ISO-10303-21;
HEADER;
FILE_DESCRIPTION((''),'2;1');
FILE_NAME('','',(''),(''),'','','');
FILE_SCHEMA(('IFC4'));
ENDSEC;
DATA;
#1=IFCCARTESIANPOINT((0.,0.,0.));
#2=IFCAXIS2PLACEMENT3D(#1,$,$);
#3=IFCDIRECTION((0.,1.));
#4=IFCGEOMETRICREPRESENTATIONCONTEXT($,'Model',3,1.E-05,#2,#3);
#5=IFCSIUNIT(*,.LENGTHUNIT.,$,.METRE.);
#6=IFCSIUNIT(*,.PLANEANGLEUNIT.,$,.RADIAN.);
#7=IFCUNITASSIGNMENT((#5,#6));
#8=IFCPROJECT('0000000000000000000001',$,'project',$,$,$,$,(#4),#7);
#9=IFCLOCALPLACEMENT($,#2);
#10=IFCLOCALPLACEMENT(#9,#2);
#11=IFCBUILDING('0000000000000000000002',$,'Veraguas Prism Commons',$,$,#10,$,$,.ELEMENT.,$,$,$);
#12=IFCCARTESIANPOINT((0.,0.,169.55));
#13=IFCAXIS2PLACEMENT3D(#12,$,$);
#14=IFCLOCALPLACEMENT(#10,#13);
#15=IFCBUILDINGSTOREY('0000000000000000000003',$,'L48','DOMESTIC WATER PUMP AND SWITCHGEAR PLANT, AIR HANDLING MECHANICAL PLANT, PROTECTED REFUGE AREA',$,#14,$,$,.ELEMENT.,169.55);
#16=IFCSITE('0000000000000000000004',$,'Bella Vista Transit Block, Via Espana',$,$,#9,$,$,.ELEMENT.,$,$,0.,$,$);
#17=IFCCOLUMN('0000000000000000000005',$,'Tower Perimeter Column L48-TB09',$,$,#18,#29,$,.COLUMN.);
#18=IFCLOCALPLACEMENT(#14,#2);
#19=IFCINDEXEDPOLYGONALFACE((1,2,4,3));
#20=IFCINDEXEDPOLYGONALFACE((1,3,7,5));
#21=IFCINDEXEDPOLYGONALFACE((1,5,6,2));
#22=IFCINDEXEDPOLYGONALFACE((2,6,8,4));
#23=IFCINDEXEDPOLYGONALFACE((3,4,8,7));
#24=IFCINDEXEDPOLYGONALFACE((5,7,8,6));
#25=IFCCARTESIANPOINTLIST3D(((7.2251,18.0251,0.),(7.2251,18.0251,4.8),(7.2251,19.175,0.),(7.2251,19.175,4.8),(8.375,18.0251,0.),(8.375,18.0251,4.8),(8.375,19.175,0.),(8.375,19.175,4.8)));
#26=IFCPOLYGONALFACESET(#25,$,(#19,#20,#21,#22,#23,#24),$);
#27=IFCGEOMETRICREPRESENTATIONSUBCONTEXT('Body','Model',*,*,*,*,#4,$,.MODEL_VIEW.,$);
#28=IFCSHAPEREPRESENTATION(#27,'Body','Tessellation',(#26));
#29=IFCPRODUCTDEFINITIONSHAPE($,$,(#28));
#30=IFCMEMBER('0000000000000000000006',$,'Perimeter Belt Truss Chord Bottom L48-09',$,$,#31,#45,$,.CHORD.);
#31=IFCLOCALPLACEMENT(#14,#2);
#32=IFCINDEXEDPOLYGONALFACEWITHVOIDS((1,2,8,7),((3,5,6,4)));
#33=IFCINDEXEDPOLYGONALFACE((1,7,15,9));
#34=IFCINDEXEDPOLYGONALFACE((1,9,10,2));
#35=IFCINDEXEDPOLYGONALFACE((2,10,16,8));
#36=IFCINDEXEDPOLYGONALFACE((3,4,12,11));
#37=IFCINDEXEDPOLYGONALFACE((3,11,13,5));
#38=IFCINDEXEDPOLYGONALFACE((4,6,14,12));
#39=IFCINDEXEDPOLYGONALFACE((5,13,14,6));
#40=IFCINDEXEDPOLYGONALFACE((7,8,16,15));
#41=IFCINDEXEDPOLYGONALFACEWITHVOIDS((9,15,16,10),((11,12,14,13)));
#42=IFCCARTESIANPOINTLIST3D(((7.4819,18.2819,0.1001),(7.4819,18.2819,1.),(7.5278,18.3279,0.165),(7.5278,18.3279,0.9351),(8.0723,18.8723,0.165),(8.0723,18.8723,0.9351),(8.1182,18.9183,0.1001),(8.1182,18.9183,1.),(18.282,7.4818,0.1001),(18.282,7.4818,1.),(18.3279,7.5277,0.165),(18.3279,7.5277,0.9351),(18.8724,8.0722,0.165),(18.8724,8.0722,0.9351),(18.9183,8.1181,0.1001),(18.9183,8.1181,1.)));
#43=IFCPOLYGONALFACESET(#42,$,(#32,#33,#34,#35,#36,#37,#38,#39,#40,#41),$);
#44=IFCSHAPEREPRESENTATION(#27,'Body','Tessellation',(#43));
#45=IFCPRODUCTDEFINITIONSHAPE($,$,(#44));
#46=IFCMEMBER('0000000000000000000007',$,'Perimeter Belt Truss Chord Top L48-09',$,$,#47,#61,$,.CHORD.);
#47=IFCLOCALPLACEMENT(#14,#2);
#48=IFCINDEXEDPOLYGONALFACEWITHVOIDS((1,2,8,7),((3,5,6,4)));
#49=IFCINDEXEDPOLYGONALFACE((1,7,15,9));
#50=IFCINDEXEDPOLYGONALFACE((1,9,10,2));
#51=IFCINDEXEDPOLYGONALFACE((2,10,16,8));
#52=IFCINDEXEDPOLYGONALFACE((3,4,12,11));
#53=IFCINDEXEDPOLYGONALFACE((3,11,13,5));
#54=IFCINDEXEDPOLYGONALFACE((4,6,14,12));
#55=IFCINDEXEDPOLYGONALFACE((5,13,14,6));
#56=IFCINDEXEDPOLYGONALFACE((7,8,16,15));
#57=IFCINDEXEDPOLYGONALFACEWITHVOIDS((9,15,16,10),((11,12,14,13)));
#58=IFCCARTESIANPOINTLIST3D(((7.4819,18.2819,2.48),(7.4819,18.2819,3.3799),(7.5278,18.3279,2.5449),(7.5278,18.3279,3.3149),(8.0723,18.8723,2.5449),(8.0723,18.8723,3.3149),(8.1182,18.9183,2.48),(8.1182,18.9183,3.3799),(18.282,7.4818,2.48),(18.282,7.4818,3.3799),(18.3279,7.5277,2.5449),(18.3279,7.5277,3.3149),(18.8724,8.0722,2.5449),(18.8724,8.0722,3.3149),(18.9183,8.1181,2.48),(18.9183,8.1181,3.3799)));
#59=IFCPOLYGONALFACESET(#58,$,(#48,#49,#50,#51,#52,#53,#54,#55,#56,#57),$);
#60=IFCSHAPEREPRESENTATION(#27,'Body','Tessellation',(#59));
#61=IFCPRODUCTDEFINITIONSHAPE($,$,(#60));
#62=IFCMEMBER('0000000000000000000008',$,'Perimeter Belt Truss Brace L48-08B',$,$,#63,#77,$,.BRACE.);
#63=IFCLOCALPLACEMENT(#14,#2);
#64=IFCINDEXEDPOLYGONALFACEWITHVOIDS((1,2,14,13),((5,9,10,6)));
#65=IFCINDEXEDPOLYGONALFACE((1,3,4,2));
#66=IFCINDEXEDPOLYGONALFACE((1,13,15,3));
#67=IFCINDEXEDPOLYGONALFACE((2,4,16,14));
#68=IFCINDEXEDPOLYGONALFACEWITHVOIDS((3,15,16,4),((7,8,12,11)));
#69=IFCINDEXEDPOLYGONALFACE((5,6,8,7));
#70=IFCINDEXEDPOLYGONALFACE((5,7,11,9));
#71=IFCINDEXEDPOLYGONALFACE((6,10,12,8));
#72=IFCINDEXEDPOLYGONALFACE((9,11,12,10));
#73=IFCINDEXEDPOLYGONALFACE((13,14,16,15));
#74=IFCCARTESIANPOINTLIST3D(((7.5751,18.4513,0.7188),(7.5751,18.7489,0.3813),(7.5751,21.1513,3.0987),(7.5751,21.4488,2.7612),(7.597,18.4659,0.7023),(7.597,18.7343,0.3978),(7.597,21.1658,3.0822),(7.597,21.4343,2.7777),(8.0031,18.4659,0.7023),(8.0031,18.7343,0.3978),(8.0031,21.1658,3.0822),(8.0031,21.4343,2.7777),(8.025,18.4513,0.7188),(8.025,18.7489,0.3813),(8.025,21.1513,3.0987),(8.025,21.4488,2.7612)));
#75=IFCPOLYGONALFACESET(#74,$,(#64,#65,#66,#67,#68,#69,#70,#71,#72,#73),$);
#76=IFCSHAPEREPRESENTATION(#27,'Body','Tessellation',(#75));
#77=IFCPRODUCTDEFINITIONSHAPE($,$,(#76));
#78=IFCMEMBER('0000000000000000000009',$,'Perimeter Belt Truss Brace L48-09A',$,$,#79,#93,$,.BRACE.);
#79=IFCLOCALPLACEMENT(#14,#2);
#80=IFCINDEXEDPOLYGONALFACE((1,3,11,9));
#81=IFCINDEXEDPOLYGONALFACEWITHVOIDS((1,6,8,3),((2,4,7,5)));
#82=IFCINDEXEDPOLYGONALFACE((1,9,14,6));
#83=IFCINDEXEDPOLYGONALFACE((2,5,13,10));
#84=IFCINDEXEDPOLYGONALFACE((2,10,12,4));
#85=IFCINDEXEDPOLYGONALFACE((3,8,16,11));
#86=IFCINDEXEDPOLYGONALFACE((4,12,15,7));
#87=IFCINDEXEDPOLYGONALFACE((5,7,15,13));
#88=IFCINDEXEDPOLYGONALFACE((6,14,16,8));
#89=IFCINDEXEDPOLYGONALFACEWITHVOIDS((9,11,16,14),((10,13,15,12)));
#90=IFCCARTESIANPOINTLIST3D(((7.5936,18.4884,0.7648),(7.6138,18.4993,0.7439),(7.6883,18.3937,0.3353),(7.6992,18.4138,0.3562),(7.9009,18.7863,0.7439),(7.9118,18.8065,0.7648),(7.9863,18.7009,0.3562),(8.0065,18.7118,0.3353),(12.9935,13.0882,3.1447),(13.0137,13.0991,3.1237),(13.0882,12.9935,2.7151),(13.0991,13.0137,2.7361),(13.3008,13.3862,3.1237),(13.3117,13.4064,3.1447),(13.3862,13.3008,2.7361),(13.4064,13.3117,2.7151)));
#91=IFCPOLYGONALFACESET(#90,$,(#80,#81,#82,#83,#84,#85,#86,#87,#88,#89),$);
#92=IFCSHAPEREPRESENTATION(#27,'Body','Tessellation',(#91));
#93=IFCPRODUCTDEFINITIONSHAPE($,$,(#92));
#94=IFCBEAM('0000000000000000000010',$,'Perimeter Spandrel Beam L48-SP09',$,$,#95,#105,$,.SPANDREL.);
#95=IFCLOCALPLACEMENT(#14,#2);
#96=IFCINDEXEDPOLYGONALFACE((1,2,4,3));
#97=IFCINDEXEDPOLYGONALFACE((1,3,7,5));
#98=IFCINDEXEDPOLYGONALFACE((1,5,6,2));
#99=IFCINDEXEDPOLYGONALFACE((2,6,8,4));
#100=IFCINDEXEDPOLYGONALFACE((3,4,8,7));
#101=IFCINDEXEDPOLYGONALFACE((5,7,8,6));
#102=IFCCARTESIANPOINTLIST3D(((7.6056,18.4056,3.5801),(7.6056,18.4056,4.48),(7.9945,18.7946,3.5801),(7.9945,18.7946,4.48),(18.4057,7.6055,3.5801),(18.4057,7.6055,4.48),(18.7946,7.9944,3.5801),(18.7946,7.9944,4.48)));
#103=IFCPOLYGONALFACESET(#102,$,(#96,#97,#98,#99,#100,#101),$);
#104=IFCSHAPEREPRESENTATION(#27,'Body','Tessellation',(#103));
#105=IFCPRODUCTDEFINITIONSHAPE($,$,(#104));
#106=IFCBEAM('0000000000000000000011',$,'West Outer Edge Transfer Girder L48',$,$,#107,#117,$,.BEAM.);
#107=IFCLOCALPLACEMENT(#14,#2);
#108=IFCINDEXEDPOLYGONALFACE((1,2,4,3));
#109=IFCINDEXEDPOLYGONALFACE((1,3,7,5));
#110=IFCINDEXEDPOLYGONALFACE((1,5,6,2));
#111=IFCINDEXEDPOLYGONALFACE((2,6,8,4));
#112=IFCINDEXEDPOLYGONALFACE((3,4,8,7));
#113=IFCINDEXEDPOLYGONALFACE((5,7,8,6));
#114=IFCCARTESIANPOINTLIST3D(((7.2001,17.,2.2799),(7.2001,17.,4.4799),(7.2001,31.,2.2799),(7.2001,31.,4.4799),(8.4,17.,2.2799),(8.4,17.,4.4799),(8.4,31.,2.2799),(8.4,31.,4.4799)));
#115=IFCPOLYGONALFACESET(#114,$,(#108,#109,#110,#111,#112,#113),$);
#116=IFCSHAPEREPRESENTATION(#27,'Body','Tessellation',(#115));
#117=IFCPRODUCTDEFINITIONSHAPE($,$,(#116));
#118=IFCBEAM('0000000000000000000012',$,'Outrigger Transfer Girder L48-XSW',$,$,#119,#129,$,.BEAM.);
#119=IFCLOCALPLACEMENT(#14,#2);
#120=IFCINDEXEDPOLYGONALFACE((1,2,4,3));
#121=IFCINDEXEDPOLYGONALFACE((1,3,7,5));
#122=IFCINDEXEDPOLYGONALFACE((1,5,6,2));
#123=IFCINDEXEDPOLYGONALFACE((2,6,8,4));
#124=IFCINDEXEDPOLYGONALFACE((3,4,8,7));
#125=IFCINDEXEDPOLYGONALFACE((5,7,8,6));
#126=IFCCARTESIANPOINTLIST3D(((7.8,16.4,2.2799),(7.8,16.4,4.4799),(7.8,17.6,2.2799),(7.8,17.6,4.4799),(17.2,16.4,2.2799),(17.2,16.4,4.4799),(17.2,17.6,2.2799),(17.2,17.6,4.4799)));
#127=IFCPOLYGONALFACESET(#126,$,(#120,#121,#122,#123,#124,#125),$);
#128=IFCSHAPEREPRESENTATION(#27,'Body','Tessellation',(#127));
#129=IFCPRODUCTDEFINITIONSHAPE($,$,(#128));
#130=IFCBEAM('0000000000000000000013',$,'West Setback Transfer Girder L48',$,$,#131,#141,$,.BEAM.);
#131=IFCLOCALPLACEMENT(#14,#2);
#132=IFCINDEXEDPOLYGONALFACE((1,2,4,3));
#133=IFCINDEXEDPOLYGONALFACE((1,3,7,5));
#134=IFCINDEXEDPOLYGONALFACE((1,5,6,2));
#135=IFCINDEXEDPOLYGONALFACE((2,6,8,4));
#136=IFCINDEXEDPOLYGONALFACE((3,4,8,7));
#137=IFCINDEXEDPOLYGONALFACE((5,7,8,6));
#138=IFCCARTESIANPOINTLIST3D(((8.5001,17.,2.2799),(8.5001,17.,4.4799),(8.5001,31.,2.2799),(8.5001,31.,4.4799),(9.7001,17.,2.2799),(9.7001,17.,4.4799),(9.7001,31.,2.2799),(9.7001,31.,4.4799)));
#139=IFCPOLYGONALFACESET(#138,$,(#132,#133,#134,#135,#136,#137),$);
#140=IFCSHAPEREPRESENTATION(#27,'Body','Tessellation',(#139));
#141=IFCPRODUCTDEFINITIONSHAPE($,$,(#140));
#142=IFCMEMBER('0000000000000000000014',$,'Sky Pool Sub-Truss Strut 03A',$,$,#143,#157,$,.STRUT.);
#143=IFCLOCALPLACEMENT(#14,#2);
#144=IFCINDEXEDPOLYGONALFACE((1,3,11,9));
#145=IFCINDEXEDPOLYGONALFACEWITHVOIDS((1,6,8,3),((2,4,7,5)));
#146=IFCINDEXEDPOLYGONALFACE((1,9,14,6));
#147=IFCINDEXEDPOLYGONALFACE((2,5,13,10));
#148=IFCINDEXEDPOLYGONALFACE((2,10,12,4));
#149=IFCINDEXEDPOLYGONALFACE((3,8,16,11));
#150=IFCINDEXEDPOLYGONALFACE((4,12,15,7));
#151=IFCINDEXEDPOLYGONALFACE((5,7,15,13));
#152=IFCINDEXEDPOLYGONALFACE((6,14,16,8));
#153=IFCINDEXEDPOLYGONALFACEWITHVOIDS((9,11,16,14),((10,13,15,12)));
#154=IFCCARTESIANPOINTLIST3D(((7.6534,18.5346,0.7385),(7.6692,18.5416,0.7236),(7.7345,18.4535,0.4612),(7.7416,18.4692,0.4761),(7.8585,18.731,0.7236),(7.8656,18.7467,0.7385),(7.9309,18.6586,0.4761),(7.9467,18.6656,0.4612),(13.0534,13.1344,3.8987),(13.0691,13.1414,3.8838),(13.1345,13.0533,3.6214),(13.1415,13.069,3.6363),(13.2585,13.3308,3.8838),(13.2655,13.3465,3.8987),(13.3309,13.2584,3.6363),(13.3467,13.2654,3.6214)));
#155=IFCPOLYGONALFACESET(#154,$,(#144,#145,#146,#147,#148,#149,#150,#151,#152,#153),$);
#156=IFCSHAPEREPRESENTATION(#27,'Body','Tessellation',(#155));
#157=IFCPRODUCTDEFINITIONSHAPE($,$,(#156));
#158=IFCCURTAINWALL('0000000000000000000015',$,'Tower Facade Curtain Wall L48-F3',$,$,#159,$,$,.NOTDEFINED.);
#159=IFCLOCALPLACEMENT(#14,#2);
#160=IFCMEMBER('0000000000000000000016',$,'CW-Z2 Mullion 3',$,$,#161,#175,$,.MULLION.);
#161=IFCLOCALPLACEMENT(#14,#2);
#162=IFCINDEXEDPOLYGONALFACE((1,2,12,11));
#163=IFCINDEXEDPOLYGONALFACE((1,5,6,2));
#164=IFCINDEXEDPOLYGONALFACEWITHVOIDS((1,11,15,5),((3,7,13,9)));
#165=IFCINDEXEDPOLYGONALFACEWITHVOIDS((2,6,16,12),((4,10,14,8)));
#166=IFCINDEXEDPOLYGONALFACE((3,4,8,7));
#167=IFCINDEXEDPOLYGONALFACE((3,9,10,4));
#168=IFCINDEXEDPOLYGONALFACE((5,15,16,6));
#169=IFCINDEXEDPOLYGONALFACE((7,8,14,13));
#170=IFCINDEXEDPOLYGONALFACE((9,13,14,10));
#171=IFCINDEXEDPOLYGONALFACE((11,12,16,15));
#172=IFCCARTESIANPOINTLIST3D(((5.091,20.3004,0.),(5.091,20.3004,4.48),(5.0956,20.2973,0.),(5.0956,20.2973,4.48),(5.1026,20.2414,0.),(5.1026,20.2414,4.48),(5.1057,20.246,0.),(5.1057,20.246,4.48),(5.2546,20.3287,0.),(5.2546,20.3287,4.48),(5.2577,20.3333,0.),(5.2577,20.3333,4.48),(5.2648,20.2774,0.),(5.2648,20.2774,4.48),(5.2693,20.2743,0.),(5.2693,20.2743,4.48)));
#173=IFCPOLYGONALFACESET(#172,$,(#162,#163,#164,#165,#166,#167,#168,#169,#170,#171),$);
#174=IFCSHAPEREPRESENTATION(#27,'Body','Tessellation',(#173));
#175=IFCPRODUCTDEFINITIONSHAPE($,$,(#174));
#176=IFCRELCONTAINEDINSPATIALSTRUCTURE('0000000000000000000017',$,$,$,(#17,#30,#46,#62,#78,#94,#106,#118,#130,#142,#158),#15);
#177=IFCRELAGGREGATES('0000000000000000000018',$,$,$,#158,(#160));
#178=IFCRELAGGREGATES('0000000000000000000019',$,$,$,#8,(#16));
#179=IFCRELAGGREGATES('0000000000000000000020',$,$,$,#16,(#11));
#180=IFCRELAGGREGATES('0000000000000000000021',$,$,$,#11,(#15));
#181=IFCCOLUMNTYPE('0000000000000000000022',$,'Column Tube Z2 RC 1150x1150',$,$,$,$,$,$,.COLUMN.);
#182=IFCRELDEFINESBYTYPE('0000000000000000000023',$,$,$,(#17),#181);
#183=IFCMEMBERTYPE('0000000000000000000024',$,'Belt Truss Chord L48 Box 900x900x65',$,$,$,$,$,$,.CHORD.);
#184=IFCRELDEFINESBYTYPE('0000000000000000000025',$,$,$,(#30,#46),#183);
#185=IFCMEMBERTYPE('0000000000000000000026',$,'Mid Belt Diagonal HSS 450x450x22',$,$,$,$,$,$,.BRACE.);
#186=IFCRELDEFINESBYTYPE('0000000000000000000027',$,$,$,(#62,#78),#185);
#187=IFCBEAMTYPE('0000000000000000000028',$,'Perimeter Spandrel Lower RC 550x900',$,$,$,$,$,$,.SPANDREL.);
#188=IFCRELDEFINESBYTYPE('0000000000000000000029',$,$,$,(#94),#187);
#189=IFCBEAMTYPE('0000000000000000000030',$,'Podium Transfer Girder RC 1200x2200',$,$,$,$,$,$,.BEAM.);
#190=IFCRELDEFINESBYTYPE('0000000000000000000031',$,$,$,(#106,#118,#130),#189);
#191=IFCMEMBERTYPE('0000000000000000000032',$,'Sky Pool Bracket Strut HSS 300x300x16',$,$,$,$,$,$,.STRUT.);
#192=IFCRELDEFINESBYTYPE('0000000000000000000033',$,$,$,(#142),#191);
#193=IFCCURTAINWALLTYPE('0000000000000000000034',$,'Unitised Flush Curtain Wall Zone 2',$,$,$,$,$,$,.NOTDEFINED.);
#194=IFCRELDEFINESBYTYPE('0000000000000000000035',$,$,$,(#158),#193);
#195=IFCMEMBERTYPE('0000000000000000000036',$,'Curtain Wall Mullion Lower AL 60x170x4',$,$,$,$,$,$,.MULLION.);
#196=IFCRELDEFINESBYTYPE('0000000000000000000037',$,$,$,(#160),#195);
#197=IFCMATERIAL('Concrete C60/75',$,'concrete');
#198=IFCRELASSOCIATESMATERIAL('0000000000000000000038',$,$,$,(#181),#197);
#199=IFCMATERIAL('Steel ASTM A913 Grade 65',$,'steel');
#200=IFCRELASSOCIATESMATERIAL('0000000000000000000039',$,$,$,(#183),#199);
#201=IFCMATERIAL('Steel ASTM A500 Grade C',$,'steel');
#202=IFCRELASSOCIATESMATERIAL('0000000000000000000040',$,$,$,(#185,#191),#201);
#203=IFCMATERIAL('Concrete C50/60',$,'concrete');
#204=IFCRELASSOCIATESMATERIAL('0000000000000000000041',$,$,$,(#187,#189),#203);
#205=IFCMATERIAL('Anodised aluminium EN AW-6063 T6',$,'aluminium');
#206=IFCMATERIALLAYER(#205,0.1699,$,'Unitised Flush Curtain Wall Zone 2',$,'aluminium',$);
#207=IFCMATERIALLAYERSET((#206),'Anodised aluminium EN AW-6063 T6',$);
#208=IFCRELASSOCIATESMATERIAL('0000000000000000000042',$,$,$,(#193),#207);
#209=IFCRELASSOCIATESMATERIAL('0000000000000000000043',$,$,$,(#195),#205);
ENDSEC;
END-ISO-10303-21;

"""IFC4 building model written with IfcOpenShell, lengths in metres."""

from ifc_helpers import new_model, si_unit, direction, frame, origin, origin_2d, place, context, subcontext, project, spatial, rectangle, hollow_rectangle, extrude, source, transform, mapped, material, layer, layer_set, material_profile, profile_set, type_object, element, aggregate, save


model = new_model("IFC4")

# Units and contexts
model_context = context("Model", 3, precision=1e-05, world=origin(), true_north=direction((0.0, 1.0)))
body_context = subcontext(model_context, "Body", "Model", "MODEL_VIEW")
ifc_project = project(units=[si_unit("LENGTHUNIT", "METRE"), si_unit("PLANEANGLEUNIT", "RADIAN")], contexts=[model_context])

# Site, building, storey
site_placement = place(None, origin())
site = spatial("IfcSite", under=ifc_project, at=site_placement, Name="Bella Vista Transit Block, Via Espana", CompositionType="ELEMENT", RefElevation=0.0)
building_placement = place(site_placement, origin())
building = spatial("IfcBuilding", under=site, at=building_placement, Name="Veraguas Prism Commons", CompositionType="ELEMENT")
storey_placement = place(building_placement, frame((0.0, 0.0, 169.55)))
storey = spatial("IfcBuildingStorey", under=building, at=storey_placement, Name="L48", Description="DOMESTIC WATER PUMP AND SWITCHGEAR PLANT, AIR HANDLING MECHANICAL PLANT, PROTECTED REFUGE AREA", CompositionType="ELEMENT", Elevation=169.55)

# Column
ifc_material_1 = material(Name="Concrete C60/75", Category="concrete")
ifc_material_profile_1 = material_profile(ifc_material_1, rectangle(XDim=1.1499, YDim=1.1499, at=origin_2d()), Name="RC1150X1150")
ifc_profile_set_1 = profile_set([ifc_material_profile_1], Name="Concrete C60/75")
column_type = type_object("IfcColumnType", Name="Column Tube Z2 RC 1150x1150", PredefinedType="COLUMN", material=ifc_profile_set_1)
column_placement = place(storey_placement, frame((7.8, 18.6001, 0.0), z_axis=(0.0, 0.0, 1.0), x_axis=(1.0, 0.0, 0.0)))
element("IfcColumn", 1, at=column_placement, inside=storey, type_object=column_type, Name="Tower Perimeter Column L48-TB09", PredefinedType="COLUMN", context=body_context, shape_type="SweptSolid", body=[
    extrude(rectangle(XDim=1.1499, YDim=1.1499, at=origin_2d()), origin(), (0.0, 0.0, 1.0), 4.8),
])

# Members
ifc_material_2 = material(Name="Steel ASTM A913 Grade 65", Category="steel")
ifc_material_profile_2 = material_profile(ifc_material_2, hollow_rectangle(XDim=0.8999, YDim=0.8999, WallThickness=0.0649, at=origin_2d()), Name="BOX900X900X65")
ifc_profile_set_2 = profile_set([ifc_material_profile_2], Name="Steel ASTM A913 Grade 65")
member_type_1 = type_object("IfcMemberType", Name="Belt Truss Chord L48 Box 900x900x65", PredefinedType="CHORD", material=ifc_profile_set_2)
for number, where, z_axis, x_axis, name in (
    (2, (7.8, 18.6001, 0.55), (0.707107, -0.707107, 0.0), (0.707107, 0.707107, 0.0), "Perimeter Belt Truss Chord Bottom L48-09"),
    (3, (7.8, 18.6001, 2.9299), (0.707107, -0.707107, 0.0), (0.707107, 0.707107, 0.0), "Perimeter Belt Truss Chord Top L48-09"),
):
    element("IfcMember", number, at=place(storey_placement, frame(where, z_axis=z_axis, x_axis=x_axis)), inside=storey, type_object=member_type_1, Name=name, PredefinedType="CHORD", context=body_context, shape_type="SweptSolid", body=[
        extrude(hollow_rectangle(XDim=0.8999, YDim=0.8999, WallThickness=0.0649, at=origin_2d()), origin(), (0.0, 0.0, 1.0), 15.2737),
    ])
ifc_material_3 = material(Name="Steel ASTM A500 Grade C", Category="steel")
ifc_material_profile_3 = material_profile(ifc_material_3, hollow_rectangle(XDim=0.45, YDim=0.45, WallThickness=0.022, at=origin_2d()), Name="HSS450X450X22")
ifc_profile_set_3 = profile_set([ifc_material_profile_3], Name="Steel ASTM A500 Grade C")
member_type_2 = type_object("IfcMemberType", Name="Mid Belt Diagonal HSS 450x450x22", PredefinedType="BRACE", material=ifc_profile_set_3)
member_1_placement = place(storey_placement, frame((7.8, 18.6001, 0.55), z_axis=(0.0, 0.750172, 0.661242), x_axis=(-1.0, 0.0, 0.0)))
element("IfcMember", 4, at=member_1_placement, inside=storey, type_object=member_type_2, Name="Perimeter Belt Truss Brace L48-08B", PredefinedType="BRACE", context=body_context, shape_type="SweptSolid", body=[
    extrude(hollow_rectangle(XDim=0.45, YDim=0.45, WallThickness=0.022, at=origin_2d()), origin(), (0.0, 0.0, 1.0), 3.5991),
])
member_2_placement = place(storey_placement, frame((7.8, 18.6001, 0.55), z_axis=(0.67507, -0.675101, 0.297522), x_axis=(0.707123, 0.707091, 0.0)))
element("IfcMember", 5, at=member_2_placement, inside=storey, type_object=member_type_2, Name="Perimeter Belt Truss Brace L48-09A", PredefinedType="BRACE", context=body_context, shape_type="SweptSolid", body=[
    extrude(hollow_rectangle(XDim=0.45, YDim=0.45, WallThickness=0.022, at=origin_2d()), origin(), (0.0, 0.0, 1.0), 7.999),
])

# Beams
ifc_material_4 = material(Name="Concrete C50/60", Category="concrete")
ifc_material_profile_4 = material_profile(ifc_material_4, rectangle(XDim=0.55, YDim=0.8999, at=origin_2d()), Name="RC550X900")
ifc_profile_set_4 = profile_set([ifc_material_profile_4], Name="Concrete C50/60")
beam_type_1 = type_object("IfcBeamType", Name="Perimeter Spandrel Lower RC 550x900", PredefinedType="SPANDREL", material=ifc_profile_set_4)
beam_1_placement = place(storey_placement, frame((7.8, 18.6001, 4.03), z_axis=(0.707107, -0.707107, 0.0), x_axis=(0.707107, 0.707107, 0.0)))
element("IfcBeam", 6, at=beam_1_placement, inside=storey, type_object=beam_type_1, Name="Perimeter Spandrel Beam L48-SP09", PredefinedType="SPANDREL", context=body_context, shape_type="SweptSolid", body=[
    extrude(rectangle(XDim=0.55, YDim=0.8999, at=origin_2d()), origin(), (0.0, 0.0, 1.0), 15.2737),
])
ifc_material_profile_5 = material_profile(ifc_material_4, rectangle(XDim=1.2, YDim=2.2, at=origin_2d()), Name="RC1200X2200")
ifc_profile_set_5 = profile_set([ifc_material_profile_5], Name="Concrete C50/60")
beam_type_2 = type_object("IfcBeamType", Name="Podium Transfer Girder RC 1200x2200", PredefinedType="BEAM", material=ifc_profile_set_5)
beam_2_placement = place(storey_placement, frame((7.8, 17.0, 3.3799), z_axis=(0.0, 1.0, 0.0), x_axis=(-1.0, 0.0, 0.0)))
element("IfcBeam", 7, at=beam_2_placement, inside=storey, type_object=beam_type_2, Name="West Outer Edge Transfer Girder L48", PredefinedType="BEAM", context=body_context, shape_type="SweptSolid", body=[
    extrude(rectangle(XDim=1.2, YDim=2.2, at=origin_2d()), origin(), (0.0, 0.0, 1.0), 14.0),
])
beam_3_placement = place(storey_placement, frame((7.8, 17.0, 3.3799), z_axis=(1.0, 0.0, 0.0), x_axis=(0.0, 1.0, 0.0)))
element("IfcBeam", 8, at=beam_3_placement, inside=storey, type_object=beam_type_2, Name="Outrigger Transfer Girder L48-XSW", PredefinedType="BEAM", context=body_context, shape_type="SweptSolid", body=[
    extrude(rectangle(XDim=1.2, YDim=2.2, at=origin_2d()), origin(), (0.0, 0.0, 1.0), 9.3999),
])
beam_4_placement = place(storey_placement, frame((9.1001, 17.0, 3.3799), z_axis=(0.0, 1.0, 0.0), x_axis=(-1.0, 0.0, 0.0)))
element("IfcBeam", 9, at=beam_4_placement, inside=storey, type_object=beam_type_2, Name="West Setback Transfer Girder L48", PredefinedType="BEAM", context=body_context, shape_type="SweptSolid", body=[
    extrude(rectangle(XDim=1.2, YDim=2.2, at=origin_2d()), origin(), (0.0, 0.0, 1.0), 14.0),
])

# Member
ifc_material_profile_6 = material_profile(ifc_material_3, hollow_rectangle(XDim=0.3, YDim=0.3, WallThickness=0.0161, at=origin_2d()), Name="HSS300X300X16")
ifc_profile_set_6 = profile_set([ifc_material_profile_6], Name="Steel ASTM A500 Grade C")
member_type_3 = type_object("IfcMemberType", Name="Sky Pool Bracket Strut HSS 300x300x16", PredefinedType="STRUT", material=ifc_profile_set_6)
member_3_placement = place(storey_placement, frame((7.8, 18.6001, 0.5999), z_axis=(0.653361, -0.65339, 0.382363), x_axis=(0.707123, 0.707091, 0.0)))
element("IfcMember", 10, at=member_3_placement, inside=storey, type_object=member_type_3, Name="Sky Pool Sub-Truss Strut 03A", PredefinedType="STRUT", context=body_context, shape_type="SweptSolid", body=[
    extrude(hollow_rectangle(XDim=0.3, YDim=0.3, WallThickness=0.0161, at=origin_2d()), origin(), (0.0, 0.0, 1.0), 8.2649),
])

# Curtain wall, member
ifc_material_5 = material(Name="Anodised aluminium EN AW-6063 T6", Category="aluminium")
ifc_layer_1 = layer(ifc_material_5, 0.1699, Name="Unitised Flush Curtain Wall Zone 2", Category="aluminium")
ifc_layer_set_1 = layer_set([ifc_layer_1], Name="Anodised aluminium EN AW-6063 T6")
curtain_wall_type = type_object("IfcCurtainWallType", Name="Unitised Flush Curtain Wall Zone 2", PredefinedType="NOTDEFINED", material=ifc_layer_set_1)
curtain_wall_placement = place(storey_placement, origin())
curtain_wall = element("IfcCurtainWall", 11, at=curtain_wall_placement, inside=storey, type_object=curtain_wall_type, Name="Tower Facade Curtain Wall L48-F3", PredefinedType="NOTDEFINED")
ifc_material_profile_7 = material_profile(ifc_material_5, hollow_rectangle(XDim=0.0601, YDim=0.1699, WallThickness=0.0039, at=origin_2d()), Name="AL60X170X4")
ifc_profile_set_7 = profile_set([ifc_material_profile_7], Name="Anodised aluminium EN AW-6063 T6")
member_type_4 = type_object("IfcMemberType", Name="Curtain Wall Mullion Lower AL 60x170x4", PredefinedType="MULLION", material=ifc_profile_set_7)
shared_shape_1 = source(origin(), body_context, "Body", "SweptSolid", [
    extrude(hollow_rectangle(XDim=0.0601, YDim=0.1699, WallThickness=0.0039, at=origin_2d()), origin(), (0.0, 0.0, 1.0), 4.48),
])
member_4_placement = place(storey_placement, frame((5.1802, 20.2874, 0.0), z_axis=(0.0, 0.0, 1.0), x_axis=(0.193549, -0.981091, 0.0)))
member_4 = element("IfcMember", 12, at=member_4_placement, type_object=member_type_4, Name="CW-Z2 Mullion 3", PredefinedType="MULLION", context=body_context, shape_type="MappedRepresentation", body=[
    mapped(shared_shape_1, transform((0.0, 0.0, 0.0), scale=1.0)),
])

aggregate(curtain_wall, [member_4])

save(model, "model.ifc")
